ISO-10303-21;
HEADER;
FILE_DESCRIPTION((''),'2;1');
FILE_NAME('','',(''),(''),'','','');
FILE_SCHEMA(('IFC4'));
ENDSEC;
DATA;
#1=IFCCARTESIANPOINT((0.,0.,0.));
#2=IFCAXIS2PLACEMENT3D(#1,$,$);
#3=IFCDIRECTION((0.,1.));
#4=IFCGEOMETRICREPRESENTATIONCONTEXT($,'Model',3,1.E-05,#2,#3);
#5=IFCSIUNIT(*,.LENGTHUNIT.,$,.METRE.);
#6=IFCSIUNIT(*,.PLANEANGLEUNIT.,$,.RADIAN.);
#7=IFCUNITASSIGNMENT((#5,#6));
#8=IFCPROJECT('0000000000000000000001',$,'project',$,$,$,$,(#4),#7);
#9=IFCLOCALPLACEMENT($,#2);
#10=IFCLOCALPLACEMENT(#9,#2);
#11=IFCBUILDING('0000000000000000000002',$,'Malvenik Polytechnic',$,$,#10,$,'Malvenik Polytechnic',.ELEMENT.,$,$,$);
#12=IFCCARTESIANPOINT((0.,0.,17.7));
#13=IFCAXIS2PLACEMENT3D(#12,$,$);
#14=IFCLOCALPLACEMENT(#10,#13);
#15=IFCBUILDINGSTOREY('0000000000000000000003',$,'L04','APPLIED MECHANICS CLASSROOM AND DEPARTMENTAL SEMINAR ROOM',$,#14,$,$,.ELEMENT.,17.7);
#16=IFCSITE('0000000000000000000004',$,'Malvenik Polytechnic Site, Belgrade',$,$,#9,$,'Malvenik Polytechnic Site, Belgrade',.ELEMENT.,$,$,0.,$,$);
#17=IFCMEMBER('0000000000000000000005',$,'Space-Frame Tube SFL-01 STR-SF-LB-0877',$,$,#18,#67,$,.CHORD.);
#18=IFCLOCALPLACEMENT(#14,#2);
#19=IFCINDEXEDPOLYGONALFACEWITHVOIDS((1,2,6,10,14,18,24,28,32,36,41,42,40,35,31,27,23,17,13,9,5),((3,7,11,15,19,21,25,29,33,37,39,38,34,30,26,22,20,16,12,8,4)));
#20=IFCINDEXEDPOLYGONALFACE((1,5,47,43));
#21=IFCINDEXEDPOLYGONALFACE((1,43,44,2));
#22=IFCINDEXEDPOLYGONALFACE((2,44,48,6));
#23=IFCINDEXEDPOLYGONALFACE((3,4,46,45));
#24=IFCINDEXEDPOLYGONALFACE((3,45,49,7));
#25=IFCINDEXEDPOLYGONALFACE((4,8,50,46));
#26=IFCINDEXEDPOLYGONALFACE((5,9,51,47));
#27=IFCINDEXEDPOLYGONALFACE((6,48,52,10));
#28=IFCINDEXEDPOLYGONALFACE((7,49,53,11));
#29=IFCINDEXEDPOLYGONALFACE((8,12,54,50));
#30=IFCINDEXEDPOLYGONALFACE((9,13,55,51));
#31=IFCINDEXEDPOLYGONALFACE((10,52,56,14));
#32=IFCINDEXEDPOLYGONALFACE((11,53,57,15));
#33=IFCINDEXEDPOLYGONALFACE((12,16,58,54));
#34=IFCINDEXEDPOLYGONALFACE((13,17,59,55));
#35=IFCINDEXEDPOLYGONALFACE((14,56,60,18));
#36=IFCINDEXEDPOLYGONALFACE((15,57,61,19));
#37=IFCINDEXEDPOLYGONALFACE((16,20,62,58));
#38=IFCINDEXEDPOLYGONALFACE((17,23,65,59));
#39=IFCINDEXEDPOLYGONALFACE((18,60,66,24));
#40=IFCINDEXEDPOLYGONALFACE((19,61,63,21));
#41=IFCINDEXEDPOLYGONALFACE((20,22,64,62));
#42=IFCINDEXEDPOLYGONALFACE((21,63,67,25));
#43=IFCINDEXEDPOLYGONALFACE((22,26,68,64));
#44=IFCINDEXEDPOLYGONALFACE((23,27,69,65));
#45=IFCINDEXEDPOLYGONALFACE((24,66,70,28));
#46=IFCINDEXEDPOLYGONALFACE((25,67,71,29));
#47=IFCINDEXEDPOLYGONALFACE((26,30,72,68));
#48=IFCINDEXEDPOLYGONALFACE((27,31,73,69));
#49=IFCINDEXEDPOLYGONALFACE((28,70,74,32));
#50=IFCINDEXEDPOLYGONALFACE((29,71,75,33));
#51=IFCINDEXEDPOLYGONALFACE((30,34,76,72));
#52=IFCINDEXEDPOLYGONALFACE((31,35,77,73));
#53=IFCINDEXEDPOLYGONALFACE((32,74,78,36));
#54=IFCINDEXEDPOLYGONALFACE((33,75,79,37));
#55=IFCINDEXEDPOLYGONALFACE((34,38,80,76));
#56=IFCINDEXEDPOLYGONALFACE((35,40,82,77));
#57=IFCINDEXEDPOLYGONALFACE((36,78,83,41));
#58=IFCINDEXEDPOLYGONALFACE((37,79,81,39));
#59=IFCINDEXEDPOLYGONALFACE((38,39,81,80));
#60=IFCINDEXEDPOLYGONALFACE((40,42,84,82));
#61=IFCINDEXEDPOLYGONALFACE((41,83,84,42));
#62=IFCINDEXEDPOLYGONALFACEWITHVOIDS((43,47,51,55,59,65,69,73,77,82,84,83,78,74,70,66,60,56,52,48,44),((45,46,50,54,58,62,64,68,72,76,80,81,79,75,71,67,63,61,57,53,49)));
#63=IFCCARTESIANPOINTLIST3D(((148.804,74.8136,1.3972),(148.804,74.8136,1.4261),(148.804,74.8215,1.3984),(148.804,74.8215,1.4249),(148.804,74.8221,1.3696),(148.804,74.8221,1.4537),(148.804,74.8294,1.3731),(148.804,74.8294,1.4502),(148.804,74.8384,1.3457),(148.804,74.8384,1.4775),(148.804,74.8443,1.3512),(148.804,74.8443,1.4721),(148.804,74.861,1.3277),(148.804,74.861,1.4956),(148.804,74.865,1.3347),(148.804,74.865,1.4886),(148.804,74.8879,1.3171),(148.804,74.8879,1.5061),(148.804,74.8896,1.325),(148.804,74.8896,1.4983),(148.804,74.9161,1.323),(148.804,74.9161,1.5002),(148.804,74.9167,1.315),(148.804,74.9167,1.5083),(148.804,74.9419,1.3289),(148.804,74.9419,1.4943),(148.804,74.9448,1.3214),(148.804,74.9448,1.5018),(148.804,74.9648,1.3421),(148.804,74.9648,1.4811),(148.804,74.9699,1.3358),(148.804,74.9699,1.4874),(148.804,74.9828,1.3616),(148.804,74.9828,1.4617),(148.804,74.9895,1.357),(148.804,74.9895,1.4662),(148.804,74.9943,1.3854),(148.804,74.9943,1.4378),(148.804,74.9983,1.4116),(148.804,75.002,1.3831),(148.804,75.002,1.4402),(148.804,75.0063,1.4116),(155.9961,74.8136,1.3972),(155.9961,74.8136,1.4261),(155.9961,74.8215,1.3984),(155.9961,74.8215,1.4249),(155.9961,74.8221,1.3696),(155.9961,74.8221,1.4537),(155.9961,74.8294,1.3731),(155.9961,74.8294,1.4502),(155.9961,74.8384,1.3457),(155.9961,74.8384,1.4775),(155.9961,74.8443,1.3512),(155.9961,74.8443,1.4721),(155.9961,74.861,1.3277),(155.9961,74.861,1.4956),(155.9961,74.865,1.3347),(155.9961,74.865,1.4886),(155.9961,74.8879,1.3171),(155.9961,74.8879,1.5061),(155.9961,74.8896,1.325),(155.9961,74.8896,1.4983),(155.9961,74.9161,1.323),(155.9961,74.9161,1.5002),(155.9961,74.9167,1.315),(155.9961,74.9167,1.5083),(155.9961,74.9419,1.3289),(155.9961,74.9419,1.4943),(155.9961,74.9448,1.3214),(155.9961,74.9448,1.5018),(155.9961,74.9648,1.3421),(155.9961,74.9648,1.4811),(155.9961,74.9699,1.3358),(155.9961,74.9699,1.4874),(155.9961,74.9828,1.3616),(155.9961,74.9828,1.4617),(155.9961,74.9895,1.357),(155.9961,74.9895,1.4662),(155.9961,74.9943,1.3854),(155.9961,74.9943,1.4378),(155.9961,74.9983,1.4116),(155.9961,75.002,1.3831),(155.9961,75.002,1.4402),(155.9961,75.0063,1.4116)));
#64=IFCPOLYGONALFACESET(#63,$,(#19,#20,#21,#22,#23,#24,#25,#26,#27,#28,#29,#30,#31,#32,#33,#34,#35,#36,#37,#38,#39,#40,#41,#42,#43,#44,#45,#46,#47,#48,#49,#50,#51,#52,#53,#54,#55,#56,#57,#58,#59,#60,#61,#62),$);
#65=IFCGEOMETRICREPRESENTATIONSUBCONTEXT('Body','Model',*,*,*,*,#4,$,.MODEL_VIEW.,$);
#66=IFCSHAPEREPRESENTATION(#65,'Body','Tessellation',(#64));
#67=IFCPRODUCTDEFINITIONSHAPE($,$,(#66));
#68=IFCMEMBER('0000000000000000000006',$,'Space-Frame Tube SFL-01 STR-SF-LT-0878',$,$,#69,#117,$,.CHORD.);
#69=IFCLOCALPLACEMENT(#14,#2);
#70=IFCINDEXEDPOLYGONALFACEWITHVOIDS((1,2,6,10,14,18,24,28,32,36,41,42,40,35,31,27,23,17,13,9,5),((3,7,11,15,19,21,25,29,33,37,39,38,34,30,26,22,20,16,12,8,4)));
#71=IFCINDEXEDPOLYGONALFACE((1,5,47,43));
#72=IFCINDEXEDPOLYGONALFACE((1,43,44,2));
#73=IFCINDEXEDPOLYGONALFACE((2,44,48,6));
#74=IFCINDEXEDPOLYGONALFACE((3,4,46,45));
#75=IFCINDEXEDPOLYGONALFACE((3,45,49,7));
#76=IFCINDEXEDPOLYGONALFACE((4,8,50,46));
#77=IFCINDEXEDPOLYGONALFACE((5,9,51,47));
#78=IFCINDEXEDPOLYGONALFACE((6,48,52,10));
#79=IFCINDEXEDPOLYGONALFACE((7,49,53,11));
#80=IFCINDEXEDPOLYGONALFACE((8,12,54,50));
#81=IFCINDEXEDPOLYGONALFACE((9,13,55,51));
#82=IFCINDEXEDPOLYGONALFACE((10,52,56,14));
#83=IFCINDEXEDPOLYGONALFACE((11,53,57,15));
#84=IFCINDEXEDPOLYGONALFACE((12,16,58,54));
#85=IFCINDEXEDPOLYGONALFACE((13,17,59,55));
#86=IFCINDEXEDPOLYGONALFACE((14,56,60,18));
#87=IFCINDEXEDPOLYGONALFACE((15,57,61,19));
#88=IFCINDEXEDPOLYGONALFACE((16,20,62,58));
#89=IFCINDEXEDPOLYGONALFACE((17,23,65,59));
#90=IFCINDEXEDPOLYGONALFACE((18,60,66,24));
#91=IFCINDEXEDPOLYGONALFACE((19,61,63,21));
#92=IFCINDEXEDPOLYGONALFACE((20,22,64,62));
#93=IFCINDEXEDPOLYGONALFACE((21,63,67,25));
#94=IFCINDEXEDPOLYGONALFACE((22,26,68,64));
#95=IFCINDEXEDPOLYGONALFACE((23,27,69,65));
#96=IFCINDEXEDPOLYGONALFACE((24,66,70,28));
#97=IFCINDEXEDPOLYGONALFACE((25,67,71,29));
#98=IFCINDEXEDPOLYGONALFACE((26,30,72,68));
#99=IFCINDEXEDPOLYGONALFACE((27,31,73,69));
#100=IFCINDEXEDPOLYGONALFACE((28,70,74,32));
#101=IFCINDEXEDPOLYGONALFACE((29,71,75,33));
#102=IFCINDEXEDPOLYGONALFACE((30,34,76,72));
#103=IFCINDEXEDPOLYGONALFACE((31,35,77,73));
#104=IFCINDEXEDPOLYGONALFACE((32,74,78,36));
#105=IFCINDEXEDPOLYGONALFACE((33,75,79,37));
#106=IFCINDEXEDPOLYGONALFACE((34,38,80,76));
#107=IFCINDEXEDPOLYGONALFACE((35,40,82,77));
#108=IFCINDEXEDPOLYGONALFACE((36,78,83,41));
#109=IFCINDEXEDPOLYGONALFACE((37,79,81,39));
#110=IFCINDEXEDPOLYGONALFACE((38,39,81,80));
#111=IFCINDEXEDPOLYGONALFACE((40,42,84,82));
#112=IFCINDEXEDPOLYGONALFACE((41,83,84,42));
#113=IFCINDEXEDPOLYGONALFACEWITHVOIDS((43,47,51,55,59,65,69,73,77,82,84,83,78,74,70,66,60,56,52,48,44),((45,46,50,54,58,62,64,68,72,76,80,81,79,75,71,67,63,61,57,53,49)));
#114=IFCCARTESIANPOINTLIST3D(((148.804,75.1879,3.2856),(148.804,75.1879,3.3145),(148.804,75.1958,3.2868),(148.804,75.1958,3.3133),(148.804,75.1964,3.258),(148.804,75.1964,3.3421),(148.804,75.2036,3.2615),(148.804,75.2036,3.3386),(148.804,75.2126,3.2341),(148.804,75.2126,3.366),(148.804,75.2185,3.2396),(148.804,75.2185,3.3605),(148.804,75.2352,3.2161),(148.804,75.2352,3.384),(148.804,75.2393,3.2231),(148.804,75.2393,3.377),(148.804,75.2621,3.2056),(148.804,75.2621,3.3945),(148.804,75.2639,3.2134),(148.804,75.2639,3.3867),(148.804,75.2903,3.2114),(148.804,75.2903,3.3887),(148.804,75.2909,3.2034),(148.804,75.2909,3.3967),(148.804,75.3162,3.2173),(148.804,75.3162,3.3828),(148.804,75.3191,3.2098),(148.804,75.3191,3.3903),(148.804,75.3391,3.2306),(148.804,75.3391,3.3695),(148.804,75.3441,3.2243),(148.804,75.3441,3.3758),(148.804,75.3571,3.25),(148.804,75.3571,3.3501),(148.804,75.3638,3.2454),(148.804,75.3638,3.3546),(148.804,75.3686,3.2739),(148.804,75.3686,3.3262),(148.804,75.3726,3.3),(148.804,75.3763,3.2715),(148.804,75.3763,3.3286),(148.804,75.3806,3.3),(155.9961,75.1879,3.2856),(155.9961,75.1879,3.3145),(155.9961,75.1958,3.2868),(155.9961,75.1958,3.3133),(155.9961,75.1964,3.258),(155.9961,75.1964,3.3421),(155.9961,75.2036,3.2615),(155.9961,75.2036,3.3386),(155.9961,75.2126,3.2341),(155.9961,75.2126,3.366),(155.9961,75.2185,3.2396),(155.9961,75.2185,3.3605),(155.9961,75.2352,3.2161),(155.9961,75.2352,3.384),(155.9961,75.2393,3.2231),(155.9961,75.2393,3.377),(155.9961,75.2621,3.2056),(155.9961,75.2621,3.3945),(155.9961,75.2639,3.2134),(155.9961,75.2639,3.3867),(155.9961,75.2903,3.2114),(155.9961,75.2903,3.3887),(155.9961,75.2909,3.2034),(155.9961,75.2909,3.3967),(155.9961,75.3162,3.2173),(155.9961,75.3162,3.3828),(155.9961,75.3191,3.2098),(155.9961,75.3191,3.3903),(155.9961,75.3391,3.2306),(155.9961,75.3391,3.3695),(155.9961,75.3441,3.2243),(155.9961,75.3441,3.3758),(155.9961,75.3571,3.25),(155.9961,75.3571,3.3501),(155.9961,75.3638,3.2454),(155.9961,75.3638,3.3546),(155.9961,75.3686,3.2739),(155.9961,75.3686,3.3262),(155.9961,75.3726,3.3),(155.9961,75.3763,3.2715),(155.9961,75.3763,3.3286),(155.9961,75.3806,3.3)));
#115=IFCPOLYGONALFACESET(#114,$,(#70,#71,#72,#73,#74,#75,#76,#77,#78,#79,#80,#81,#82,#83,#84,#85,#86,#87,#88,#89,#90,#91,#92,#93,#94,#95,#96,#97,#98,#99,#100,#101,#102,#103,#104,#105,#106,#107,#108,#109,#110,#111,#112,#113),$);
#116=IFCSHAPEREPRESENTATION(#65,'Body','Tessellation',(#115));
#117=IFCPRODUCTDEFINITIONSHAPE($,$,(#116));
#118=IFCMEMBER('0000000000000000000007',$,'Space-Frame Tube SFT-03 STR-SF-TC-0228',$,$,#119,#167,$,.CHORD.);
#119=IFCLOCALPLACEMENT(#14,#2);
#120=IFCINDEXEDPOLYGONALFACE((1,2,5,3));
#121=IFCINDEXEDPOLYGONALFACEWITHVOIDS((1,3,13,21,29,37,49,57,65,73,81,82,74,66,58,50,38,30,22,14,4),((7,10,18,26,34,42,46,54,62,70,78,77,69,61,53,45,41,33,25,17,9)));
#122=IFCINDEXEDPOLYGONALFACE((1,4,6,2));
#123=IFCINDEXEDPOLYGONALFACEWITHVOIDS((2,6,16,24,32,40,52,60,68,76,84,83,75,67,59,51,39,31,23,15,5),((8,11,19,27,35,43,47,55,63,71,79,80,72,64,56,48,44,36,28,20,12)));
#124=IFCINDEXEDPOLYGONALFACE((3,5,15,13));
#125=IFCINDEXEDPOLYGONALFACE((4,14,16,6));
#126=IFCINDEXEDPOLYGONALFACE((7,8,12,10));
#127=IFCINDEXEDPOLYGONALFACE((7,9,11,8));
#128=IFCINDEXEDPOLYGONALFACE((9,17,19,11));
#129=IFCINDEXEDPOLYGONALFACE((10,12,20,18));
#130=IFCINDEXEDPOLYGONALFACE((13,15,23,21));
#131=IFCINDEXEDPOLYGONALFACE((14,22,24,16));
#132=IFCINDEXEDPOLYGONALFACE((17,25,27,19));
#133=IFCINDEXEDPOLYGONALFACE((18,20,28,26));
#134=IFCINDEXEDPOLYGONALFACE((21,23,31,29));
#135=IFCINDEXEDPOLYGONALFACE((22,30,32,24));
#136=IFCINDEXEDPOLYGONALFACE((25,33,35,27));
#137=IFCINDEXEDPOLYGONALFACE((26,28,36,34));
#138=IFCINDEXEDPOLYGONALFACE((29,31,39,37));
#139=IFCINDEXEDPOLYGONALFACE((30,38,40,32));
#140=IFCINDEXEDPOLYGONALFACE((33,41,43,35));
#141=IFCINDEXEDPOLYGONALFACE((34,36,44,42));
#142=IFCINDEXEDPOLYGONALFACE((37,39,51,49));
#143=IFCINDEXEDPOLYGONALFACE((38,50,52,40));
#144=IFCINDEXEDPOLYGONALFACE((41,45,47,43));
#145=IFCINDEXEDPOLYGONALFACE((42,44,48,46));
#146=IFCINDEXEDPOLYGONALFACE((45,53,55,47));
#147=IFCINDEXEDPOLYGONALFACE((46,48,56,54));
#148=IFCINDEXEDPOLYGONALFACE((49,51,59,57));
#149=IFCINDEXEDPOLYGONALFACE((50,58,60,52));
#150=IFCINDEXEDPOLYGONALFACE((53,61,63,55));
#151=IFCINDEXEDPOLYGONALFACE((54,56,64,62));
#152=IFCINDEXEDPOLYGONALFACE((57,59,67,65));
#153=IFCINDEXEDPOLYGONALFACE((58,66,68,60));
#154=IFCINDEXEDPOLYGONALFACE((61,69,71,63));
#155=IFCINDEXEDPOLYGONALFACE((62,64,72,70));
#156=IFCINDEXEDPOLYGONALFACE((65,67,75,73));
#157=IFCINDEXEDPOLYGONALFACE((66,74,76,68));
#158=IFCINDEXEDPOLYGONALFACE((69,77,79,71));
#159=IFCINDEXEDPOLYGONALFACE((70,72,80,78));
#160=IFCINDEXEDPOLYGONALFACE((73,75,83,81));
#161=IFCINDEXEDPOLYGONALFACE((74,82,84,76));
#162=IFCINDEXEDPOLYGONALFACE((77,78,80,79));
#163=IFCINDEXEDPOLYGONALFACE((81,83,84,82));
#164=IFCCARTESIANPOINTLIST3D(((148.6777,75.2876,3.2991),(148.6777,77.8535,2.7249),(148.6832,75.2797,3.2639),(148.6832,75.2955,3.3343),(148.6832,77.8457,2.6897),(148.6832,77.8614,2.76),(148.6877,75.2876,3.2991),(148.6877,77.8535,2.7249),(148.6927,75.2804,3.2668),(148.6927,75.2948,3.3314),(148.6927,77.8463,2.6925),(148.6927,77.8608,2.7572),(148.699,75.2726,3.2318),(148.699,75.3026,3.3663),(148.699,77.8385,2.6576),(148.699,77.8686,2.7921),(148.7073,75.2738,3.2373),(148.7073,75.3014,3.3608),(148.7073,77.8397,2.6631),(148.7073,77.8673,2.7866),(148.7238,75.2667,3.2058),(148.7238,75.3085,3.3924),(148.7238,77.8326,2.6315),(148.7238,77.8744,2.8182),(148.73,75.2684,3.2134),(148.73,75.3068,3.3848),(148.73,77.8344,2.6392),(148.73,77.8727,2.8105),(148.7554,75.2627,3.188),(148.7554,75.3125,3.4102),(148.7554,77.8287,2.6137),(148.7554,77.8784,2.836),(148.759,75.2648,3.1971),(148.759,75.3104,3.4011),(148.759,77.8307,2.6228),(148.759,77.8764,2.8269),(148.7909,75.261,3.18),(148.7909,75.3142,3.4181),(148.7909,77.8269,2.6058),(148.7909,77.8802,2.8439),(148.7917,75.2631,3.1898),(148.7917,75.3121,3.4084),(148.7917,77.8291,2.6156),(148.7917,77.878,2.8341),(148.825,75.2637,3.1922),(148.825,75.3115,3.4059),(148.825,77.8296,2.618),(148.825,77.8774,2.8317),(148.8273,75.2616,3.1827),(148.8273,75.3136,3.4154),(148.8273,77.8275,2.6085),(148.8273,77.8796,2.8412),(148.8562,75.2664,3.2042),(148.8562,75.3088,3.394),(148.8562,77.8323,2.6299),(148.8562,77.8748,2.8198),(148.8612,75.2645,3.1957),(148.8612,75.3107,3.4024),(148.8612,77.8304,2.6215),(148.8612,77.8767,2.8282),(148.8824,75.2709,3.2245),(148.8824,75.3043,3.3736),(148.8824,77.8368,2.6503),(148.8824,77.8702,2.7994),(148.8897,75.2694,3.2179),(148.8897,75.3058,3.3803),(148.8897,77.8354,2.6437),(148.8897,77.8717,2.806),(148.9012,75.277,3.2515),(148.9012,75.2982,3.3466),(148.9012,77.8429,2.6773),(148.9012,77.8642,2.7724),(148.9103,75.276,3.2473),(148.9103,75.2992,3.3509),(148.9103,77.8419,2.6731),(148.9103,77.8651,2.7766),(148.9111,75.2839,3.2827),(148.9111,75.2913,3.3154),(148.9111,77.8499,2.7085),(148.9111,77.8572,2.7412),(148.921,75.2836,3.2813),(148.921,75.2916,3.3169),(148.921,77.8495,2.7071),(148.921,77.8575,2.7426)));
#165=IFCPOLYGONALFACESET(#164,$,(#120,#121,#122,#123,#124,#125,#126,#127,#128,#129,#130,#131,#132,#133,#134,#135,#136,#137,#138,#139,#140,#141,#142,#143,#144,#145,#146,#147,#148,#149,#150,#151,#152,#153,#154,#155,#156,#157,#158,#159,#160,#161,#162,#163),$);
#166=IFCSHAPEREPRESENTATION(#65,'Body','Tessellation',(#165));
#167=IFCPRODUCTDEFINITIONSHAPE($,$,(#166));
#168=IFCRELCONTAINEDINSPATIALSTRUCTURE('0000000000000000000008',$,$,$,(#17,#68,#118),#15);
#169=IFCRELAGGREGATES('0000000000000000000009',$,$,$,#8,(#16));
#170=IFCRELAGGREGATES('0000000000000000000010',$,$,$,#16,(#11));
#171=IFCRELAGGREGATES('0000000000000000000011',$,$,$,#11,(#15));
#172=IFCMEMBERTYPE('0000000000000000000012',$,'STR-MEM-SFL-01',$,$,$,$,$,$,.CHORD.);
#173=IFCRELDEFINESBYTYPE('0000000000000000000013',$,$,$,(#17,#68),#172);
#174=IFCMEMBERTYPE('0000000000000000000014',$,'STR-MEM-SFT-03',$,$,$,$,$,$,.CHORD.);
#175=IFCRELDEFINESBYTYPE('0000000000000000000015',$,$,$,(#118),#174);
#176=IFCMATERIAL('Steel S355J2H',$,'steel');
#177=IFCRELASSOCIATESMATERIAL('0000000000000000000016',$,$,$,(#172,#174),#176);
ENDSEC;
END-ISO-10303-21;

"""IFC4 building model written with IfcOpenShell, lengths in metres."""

from ifc_helpers import new_model, si_unit, direction, frame, origin, origin_2d, place, context, subcontext, project, spatial, hollow_circle, extrude, material, material_profile, profile_set, type_object, element, save


model = new_model("IFC4")

# Units and contexts
model_context = context("Model", 3, precision=1e-05, world=origin(), true_north=direction((0.0, 1.0)))
body_context = subcontext(model_context, "Body", "Model", "MODEL_VIEW")
ifc_project = project(units=[si_unit("LENGTHUNIT", "METRE"), si_unit("PLANEANGLEUNIT", "RADIAN")], contexts=[model_context])

# Site, building, storey
site_placement = place(None, origin())
site = spatial("IfcSite", under=ifc_project, at=site_placement, Name="Malvenik Polytechnic Site, Belgrade", LongName="Malvenik Polytechnic Site, Belgrade", CompositionType="ELEMENT", RefElevation=0.0)
building_placement = place(site_placement, origin())
building = spatial("IfcBuilding", under=site, at=building_placement, Name="Malvenik Polytechnic", LongName="Malvenik Polytechnic", CompositionType="ELEMENT")
storey_placement = place(building_placement, frame((0.0, 0.0, 17.7)))
storey = spatial("IfcBuildingStorey", under=building, at=storey_placement, Name="L04", Description="APPLIED MECHANICS CLASSROOM AND DEPARTMENTAL SEMINAR ROOM", CompositionType="ELEMENT", Elevation=17.7)

# Members
ifc_material = material(Name="Steel S355J2H", Category="steel")
ifc_material_profile_1 = material_profile(ifc_material, hollow_circle(Radius=0.0969, WallThickness=0.0081, at=origin_2d()), Name="CHS 193.7x8.0")
ifc_profile_set_1 = profile_set([ifc_material_profile_1], Name="Steel S355J2H")
member_type_1 = type_object("IfcMemberType", Name="STR-MEM-SFL-01", PredefinedType="CHORD", material=ifc_profile_set_1)
for number, where, z_axis, x_axis, name in (
    (1, (148.804, 74.9094, 1.4116), (1.0, 0.0, 0.0), (0.0, 1.0, 0.0), "Space-Frame Tube SFL-01 STR-SF-LB-0877"),
    (2, (148.804, 75.2837, 3.3), (1.0, 0.0, 0.0), (0.0, 1.0, 0.0), "Space-Frame Tube SFL-01 STR-SF-LT-0878"),
):
    element("IfcMember", number, at=place(storey_placement, frame(where, z_axis=z_axis, x_axis=x_axis)), inside=storey, type_object=member_type_1, Name=name, PredefinedType="CHORD", context=body_context, shape_type="SweptSolid", body=[
        extrude(hollow_circle(Radius=0.0969, WallThickness=0.0081, at=origin_2d()), origin(), (0.0, 0.0, 1.0), 7.1921),
    ])
ifc_material_profile_2 = material_profile(ifc_material, hollow_circle(Radius=0.1223, WallThickness=0.01, at=origin_2d()), Name="CHS 244.5x10.0")
ifc_profile_set_2 = profile_set([ifc_material_profile_2], Name="Steel S355J2H")
member_type_2 = type_object("IfcMemberType", Name="STR-MEM-SFT-03", PredefinedType="CHORD", material=ifc_profile_set_2)
for number, where, z_axis, x_axis, name in (
    (3, (148.8, 75.2876, 3.2991), (0.0, 0.975863, -0.218385), (-1.0, 0.0, 0.0), "Space-Frame Tube SFT-03 STR-SF-TC-0228"),
):
    element("IfcMember", number, at=place(storey_placement, frame(where, z_axis=z_axis, x_axis=x_axis)), inside=storey, type_object=member_type_2, Name=name, PredefinedType="CHORD", context=body_context, shape_type="SweptSolid", body=[
        extrude(hollow_circle(Radius=0.1223, WallThickness=0.01, at=origin_2d()), origin(), (0.0, 0.0, 1.0), 2.6294),
    ])

save(model, "model.ifc")
